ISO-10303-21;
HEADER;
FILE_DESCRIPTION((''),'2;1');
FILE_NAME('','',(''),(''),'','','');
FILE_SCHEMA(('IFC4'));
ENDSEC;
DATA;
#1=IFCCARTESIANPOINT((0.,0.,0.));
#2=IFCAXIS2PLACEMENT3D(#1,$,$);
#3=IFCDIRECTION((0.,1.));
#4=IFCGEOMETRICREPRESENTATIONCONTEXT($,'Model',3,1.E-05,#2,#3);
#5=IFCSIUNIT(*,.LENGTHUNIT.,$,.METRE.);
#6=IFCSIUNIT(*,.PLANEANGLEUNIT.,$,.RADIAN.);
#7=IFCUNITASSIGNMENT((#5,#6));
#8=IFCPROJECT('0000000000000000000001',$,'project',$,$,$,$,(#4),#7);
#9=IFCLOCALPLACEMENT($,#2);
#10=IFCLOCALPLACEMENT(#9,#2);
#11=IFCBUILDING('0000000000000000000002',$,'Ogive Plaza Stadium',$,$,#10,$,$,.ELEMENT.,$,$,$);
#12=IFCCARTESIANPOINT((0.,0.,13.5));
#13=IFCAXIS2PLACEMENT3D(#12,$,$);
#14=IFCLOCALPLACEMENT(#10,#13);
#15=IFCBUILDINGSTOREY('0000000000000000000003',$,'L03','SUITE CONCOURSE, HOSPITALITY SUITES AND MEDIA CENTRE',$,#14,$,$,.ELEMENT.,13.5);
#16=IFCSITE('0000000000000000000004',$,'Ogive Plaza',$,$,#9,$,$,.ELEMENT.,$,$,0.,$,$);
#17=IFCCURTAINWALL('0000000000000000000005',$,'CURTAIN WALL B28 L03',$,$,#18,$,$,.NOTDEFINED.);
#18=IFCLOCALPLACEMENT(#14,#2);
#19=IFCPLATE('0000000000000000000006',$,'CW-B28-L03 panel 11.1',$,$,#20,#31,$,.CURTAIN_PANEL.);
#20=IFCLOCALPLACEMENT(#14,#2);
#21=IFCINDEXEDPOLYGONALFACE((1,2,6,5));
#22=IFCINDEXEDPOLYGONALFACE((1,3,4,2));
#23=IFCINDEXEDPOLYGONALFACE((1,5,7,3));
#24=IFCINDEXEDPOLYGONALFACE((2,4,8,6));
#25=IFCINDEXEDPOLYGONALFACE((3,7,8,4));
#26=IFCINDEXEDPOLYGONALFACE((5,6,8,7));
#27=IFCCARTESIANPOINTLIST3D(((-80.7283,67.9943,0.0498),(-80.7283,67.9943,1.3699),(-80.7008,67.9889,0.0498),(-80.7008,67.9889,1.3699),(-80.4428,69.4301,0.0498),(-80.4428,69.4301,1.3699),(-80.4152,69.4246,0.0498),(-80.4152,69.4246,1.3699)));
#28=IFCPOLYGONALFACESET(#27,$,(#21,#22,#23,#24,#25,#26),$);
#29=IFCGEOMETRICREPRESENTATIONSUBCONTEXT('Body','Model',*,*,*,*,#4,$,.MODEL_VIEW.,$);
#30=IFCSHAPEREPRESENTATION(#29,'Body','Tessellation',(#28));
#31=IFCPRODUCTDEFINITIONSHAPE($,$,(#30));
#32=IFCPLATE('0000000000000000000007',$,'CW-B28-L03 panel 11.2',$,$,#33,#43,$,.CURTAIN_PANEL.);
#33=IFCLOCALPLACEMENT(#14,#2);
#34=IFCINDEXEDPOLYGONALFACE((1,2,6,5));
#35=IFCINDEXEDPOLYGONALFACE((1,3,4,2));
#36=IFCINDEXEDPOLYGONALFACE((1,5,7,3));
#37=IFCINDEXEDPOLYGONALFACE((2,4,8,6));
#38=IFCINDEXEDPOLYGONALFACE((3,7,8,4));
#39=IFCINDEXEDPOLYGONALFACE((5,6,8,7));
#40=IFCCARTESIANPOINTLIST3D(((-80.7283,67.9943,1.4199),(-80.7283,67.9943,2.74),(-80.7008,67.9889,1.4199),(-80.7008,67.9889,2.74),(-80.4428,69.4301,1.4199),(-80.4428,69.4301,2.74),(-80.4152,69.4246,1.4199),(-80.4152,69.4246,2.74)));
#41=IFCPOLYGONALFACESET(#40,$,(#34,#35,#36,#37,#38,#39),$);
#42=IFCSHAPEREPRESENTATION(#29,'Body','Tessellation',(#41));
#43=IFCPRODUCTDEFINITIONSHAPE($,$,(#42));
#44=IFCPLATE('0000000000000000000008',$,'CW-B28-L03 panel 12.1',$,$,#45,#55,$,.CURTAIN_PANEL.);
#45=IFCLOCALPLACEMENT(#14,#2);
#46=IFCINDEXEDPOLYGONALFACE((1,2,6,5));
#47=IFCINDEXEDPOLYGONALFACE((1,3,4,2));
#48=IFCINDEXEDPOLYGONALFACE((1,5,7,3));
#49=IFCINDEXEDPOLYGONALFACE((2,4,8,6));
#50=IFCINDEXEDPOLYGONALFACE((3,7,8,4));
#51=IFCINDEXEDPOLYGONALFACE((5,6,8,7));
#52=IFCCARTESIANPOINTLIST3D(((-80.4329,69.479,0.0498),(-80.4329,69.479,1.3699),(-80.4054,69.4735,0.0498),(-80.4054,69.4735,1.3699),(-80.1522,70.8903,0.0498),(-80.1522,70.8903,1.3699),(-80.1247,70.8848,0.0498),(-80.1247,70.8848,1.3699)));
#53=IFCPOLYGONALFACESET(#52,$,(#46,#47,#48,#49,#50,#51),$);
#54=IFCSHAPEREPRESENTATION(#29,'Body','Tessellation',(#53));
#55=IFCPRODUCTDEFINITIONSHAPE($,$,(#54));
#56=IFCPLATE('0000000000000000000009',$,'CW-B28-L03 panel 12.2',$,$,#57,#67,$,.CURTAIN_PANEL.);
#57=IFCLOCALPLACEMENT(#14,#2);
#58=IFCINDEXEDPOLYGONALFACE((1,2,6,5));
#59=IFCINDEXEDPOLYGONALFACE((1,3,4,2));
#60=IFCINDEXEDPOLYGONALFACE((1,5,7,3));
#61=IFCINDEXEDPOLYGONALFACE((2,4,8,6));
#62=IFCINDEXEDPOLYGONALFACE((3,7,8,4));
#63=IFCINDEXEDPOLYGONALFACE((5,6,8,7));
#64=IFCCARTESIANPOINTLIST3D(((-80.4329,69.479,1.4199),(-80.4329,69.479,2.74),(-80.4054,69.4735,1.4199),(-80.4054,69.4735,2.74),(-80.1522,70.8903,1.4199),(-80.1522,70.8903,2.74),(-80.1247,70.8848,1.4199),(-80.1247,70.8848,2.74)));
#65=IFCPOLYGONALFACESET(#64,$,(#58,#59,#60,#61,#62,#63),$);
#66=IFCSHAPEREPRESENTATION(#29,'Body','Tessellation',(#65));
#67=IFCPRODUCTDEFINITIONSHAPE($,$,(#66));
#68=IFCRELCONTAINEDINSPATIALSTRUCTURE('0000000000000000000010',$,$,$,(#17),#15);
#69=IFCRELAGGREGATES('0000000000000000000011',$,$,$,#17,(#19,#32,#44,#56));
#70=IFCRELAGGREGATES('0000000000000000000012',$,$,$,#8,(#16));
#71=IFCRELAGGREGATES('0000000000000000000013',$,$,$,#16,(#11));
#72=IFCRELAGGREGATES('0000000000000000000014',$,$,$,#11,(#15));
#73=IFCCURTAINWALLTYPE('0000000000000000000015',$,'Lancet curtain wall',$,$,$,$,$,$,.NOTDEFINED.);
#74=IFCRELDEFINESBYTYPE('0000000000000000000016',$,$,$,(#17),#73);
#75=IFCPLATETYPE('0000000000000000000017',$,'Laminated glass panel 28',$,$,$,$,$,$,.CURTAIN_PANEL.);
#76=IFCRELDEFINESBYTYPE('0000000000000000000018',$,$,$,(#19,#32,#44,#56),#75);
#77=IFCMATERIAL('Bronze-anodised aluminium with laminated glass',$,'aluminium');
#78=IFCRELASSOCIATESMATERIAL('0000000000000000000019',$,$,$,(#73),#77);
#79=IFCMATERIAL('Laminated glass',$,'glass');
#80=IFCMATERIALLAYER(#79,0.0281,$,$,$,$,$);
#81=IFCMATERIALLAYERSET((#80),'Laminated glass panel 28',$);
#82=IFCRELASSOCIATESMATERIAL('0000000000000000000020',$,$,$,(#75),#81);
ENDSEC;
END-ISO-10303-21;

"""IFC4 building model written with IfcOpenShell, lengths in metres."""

from ifc_helpers import new_model, si_unit, direction, frame, origin, origin_2d, place, context, subcontext, project, spatial, rectangle, extrude, material, layer, layer_set, type_object, element, aggregate, save


model = new_model("IFC4")

# Units and contexts
model_context = context("Model", 3, precision=1e-05, world=origin(), true_north=direction((0.0, 1.0)))
body_context = subcontext(model_context, "Body", "Model", "MODEL_VIEW")
ifc_project = project(units=[si_unit("LENGTHUNIT", "METRE"), si_unit("PLANEANGLEUNIT", "RADIAN")], contexts=[model_context])

# Site, building, storey
site_placement = place(None, origin())
site = spatial("IfcSite", under=ifc_project, at=site_placement, Name="Ogive Plaza", CompositionType="ELEMENT", RefElevation=0.0)
building_placement = place(site_placement, origin())
building = spatial("IfcBuilding", under=site, at=building_placement, Name="Ogive Plaza Stadium", CompositionType="ELEMENT")
storey_placement = place(building_placement, frame((0.0, 0.0, 13.5)))
storey = spatial("IfcBuildingStorey", under=building, at=storey_placement, Name="L03", Description="SUITE CONCOURSE, HOSPITALITY SUITES AND MEDIA CENTRE", CompositionType="ELEMENT", Elevation=13.5)

# Curtain wall
ifc_material_1 = material(Name="Bronze-anodised aluminium with laminated glass", Category="aluminium")
curtain_wall_type = type_object("IfcCurtainWallType", Name="Lancet curtain wall", PredefinedType="NOTDEFINED", material=ifc_material_1)
curtain_wall_1_placement = place(storey_placement, origin())
curtain_wall_1 = element("IfcCurtainWall", 1, at=curtain_wall_1_placement, inside=storey, type_object=curtain_wall_type, Name="CURTAIN WALL B28 L03", PredefinedType="NOTDEFINED")

# Plates
ifc_material_2 = material(Name="Laminated glass", Category="glass")
ifc_layer = layer(ifc_material_2, 0.0281)
ifc_layer_set = layer_set([ifc_layer], Name="Laminated glass panel 28")
plate_type = type_object("IfcPlateType", Name="Laminated glass panel 28", PredefinedType="CURTAIN_PANEL", material=ifc_layer_set)
plate_1_placement = place(storey_placement, frame((-80.5718, 68.7095, 0.0498), z_axis=(0.0, 0.0, 1.0), x_axis=(0.19509, 0.980785, 0.0)))
plate_1 = element("IfcPlate", 2, at=plate_1_placement, type_object=plate_type, Name="CW-B28-L03 panel 11.1", PredefinedType="CURTAIN_PANEL", context=body_context, shape_type="SweptSolid", body=[
    extrude(rectangle(XDim=1.4639, YDim=0.0281, at=origin_2d()), origin(), (0.0, 0.0, 1.0), 1.3201),
])
plate_2_placement = place(storey_placement, frame((-80.5718, 68.7095, 1.4199), z_axis=(0.0, 0.0, 1.0), x_axis=(0.19509, 0.980785, 0.0)))
plate_2 = element("IfcPlate", 3, at=plate_2_placement, type_object=plate_type, Name="CW-B28-L03 panel 11.2", PredefinedType="CURTAIN_PANEL", context=body_context, shape_type="SweptSolid", body=[
    extrude(rectangle(XDim=1.4639, YDim=0.0281, at=origin_2d()), origin(), (0.0, 0.0, 1.0), 1.3201),
])
plate_3_placement = place(storey_placement, frame((-80.2788, 70.1819, 0.0498), z_axis=(0.0, 0.0, 1.0), x_axis=(0.19509, 0.980785, 0.0)))
plate_3 = element("IfcPlate", 4, at=plate_3_placement, type_object=plate_type, Name="CW-B28-L03 panel 12.1", PredefinedType="CURTAIN_PANEL", context=body_context, shape_type="SweptSolid", body=[
    extrude(rectangle(XDim=1.439, YDim=0.0281, at=origin_2d()), origin(), (0.0, 0.0, 1.0), 1.3201),
])
plate_4_placement = place(storey_placement, frame((-80.2788, 70.1819, 1.4199), z_axis=(0.0, 0.0, 1.0), x_axis=(0.19509, 0.980785, 0.0)))
plate_4 = element("IfcPlate", 5, at=plate_4_placement, type_object=plate_type, Name="CW-B28-L03 panel 12.2", PredefinedType="CURTAIN_PANEL", context=body_context, shape_type="SweptSolid", body=[
    extrude(rectangle(XDim=1.439, YDim=0.0281, at=origin_2d()), origin(), (0.0, 0.0, 1.0), 1.3201),
])
aggregate(curtain_wall_1, [plate_1, plate_2, plate_3, plate_4])

save(model, "model.ifc")
